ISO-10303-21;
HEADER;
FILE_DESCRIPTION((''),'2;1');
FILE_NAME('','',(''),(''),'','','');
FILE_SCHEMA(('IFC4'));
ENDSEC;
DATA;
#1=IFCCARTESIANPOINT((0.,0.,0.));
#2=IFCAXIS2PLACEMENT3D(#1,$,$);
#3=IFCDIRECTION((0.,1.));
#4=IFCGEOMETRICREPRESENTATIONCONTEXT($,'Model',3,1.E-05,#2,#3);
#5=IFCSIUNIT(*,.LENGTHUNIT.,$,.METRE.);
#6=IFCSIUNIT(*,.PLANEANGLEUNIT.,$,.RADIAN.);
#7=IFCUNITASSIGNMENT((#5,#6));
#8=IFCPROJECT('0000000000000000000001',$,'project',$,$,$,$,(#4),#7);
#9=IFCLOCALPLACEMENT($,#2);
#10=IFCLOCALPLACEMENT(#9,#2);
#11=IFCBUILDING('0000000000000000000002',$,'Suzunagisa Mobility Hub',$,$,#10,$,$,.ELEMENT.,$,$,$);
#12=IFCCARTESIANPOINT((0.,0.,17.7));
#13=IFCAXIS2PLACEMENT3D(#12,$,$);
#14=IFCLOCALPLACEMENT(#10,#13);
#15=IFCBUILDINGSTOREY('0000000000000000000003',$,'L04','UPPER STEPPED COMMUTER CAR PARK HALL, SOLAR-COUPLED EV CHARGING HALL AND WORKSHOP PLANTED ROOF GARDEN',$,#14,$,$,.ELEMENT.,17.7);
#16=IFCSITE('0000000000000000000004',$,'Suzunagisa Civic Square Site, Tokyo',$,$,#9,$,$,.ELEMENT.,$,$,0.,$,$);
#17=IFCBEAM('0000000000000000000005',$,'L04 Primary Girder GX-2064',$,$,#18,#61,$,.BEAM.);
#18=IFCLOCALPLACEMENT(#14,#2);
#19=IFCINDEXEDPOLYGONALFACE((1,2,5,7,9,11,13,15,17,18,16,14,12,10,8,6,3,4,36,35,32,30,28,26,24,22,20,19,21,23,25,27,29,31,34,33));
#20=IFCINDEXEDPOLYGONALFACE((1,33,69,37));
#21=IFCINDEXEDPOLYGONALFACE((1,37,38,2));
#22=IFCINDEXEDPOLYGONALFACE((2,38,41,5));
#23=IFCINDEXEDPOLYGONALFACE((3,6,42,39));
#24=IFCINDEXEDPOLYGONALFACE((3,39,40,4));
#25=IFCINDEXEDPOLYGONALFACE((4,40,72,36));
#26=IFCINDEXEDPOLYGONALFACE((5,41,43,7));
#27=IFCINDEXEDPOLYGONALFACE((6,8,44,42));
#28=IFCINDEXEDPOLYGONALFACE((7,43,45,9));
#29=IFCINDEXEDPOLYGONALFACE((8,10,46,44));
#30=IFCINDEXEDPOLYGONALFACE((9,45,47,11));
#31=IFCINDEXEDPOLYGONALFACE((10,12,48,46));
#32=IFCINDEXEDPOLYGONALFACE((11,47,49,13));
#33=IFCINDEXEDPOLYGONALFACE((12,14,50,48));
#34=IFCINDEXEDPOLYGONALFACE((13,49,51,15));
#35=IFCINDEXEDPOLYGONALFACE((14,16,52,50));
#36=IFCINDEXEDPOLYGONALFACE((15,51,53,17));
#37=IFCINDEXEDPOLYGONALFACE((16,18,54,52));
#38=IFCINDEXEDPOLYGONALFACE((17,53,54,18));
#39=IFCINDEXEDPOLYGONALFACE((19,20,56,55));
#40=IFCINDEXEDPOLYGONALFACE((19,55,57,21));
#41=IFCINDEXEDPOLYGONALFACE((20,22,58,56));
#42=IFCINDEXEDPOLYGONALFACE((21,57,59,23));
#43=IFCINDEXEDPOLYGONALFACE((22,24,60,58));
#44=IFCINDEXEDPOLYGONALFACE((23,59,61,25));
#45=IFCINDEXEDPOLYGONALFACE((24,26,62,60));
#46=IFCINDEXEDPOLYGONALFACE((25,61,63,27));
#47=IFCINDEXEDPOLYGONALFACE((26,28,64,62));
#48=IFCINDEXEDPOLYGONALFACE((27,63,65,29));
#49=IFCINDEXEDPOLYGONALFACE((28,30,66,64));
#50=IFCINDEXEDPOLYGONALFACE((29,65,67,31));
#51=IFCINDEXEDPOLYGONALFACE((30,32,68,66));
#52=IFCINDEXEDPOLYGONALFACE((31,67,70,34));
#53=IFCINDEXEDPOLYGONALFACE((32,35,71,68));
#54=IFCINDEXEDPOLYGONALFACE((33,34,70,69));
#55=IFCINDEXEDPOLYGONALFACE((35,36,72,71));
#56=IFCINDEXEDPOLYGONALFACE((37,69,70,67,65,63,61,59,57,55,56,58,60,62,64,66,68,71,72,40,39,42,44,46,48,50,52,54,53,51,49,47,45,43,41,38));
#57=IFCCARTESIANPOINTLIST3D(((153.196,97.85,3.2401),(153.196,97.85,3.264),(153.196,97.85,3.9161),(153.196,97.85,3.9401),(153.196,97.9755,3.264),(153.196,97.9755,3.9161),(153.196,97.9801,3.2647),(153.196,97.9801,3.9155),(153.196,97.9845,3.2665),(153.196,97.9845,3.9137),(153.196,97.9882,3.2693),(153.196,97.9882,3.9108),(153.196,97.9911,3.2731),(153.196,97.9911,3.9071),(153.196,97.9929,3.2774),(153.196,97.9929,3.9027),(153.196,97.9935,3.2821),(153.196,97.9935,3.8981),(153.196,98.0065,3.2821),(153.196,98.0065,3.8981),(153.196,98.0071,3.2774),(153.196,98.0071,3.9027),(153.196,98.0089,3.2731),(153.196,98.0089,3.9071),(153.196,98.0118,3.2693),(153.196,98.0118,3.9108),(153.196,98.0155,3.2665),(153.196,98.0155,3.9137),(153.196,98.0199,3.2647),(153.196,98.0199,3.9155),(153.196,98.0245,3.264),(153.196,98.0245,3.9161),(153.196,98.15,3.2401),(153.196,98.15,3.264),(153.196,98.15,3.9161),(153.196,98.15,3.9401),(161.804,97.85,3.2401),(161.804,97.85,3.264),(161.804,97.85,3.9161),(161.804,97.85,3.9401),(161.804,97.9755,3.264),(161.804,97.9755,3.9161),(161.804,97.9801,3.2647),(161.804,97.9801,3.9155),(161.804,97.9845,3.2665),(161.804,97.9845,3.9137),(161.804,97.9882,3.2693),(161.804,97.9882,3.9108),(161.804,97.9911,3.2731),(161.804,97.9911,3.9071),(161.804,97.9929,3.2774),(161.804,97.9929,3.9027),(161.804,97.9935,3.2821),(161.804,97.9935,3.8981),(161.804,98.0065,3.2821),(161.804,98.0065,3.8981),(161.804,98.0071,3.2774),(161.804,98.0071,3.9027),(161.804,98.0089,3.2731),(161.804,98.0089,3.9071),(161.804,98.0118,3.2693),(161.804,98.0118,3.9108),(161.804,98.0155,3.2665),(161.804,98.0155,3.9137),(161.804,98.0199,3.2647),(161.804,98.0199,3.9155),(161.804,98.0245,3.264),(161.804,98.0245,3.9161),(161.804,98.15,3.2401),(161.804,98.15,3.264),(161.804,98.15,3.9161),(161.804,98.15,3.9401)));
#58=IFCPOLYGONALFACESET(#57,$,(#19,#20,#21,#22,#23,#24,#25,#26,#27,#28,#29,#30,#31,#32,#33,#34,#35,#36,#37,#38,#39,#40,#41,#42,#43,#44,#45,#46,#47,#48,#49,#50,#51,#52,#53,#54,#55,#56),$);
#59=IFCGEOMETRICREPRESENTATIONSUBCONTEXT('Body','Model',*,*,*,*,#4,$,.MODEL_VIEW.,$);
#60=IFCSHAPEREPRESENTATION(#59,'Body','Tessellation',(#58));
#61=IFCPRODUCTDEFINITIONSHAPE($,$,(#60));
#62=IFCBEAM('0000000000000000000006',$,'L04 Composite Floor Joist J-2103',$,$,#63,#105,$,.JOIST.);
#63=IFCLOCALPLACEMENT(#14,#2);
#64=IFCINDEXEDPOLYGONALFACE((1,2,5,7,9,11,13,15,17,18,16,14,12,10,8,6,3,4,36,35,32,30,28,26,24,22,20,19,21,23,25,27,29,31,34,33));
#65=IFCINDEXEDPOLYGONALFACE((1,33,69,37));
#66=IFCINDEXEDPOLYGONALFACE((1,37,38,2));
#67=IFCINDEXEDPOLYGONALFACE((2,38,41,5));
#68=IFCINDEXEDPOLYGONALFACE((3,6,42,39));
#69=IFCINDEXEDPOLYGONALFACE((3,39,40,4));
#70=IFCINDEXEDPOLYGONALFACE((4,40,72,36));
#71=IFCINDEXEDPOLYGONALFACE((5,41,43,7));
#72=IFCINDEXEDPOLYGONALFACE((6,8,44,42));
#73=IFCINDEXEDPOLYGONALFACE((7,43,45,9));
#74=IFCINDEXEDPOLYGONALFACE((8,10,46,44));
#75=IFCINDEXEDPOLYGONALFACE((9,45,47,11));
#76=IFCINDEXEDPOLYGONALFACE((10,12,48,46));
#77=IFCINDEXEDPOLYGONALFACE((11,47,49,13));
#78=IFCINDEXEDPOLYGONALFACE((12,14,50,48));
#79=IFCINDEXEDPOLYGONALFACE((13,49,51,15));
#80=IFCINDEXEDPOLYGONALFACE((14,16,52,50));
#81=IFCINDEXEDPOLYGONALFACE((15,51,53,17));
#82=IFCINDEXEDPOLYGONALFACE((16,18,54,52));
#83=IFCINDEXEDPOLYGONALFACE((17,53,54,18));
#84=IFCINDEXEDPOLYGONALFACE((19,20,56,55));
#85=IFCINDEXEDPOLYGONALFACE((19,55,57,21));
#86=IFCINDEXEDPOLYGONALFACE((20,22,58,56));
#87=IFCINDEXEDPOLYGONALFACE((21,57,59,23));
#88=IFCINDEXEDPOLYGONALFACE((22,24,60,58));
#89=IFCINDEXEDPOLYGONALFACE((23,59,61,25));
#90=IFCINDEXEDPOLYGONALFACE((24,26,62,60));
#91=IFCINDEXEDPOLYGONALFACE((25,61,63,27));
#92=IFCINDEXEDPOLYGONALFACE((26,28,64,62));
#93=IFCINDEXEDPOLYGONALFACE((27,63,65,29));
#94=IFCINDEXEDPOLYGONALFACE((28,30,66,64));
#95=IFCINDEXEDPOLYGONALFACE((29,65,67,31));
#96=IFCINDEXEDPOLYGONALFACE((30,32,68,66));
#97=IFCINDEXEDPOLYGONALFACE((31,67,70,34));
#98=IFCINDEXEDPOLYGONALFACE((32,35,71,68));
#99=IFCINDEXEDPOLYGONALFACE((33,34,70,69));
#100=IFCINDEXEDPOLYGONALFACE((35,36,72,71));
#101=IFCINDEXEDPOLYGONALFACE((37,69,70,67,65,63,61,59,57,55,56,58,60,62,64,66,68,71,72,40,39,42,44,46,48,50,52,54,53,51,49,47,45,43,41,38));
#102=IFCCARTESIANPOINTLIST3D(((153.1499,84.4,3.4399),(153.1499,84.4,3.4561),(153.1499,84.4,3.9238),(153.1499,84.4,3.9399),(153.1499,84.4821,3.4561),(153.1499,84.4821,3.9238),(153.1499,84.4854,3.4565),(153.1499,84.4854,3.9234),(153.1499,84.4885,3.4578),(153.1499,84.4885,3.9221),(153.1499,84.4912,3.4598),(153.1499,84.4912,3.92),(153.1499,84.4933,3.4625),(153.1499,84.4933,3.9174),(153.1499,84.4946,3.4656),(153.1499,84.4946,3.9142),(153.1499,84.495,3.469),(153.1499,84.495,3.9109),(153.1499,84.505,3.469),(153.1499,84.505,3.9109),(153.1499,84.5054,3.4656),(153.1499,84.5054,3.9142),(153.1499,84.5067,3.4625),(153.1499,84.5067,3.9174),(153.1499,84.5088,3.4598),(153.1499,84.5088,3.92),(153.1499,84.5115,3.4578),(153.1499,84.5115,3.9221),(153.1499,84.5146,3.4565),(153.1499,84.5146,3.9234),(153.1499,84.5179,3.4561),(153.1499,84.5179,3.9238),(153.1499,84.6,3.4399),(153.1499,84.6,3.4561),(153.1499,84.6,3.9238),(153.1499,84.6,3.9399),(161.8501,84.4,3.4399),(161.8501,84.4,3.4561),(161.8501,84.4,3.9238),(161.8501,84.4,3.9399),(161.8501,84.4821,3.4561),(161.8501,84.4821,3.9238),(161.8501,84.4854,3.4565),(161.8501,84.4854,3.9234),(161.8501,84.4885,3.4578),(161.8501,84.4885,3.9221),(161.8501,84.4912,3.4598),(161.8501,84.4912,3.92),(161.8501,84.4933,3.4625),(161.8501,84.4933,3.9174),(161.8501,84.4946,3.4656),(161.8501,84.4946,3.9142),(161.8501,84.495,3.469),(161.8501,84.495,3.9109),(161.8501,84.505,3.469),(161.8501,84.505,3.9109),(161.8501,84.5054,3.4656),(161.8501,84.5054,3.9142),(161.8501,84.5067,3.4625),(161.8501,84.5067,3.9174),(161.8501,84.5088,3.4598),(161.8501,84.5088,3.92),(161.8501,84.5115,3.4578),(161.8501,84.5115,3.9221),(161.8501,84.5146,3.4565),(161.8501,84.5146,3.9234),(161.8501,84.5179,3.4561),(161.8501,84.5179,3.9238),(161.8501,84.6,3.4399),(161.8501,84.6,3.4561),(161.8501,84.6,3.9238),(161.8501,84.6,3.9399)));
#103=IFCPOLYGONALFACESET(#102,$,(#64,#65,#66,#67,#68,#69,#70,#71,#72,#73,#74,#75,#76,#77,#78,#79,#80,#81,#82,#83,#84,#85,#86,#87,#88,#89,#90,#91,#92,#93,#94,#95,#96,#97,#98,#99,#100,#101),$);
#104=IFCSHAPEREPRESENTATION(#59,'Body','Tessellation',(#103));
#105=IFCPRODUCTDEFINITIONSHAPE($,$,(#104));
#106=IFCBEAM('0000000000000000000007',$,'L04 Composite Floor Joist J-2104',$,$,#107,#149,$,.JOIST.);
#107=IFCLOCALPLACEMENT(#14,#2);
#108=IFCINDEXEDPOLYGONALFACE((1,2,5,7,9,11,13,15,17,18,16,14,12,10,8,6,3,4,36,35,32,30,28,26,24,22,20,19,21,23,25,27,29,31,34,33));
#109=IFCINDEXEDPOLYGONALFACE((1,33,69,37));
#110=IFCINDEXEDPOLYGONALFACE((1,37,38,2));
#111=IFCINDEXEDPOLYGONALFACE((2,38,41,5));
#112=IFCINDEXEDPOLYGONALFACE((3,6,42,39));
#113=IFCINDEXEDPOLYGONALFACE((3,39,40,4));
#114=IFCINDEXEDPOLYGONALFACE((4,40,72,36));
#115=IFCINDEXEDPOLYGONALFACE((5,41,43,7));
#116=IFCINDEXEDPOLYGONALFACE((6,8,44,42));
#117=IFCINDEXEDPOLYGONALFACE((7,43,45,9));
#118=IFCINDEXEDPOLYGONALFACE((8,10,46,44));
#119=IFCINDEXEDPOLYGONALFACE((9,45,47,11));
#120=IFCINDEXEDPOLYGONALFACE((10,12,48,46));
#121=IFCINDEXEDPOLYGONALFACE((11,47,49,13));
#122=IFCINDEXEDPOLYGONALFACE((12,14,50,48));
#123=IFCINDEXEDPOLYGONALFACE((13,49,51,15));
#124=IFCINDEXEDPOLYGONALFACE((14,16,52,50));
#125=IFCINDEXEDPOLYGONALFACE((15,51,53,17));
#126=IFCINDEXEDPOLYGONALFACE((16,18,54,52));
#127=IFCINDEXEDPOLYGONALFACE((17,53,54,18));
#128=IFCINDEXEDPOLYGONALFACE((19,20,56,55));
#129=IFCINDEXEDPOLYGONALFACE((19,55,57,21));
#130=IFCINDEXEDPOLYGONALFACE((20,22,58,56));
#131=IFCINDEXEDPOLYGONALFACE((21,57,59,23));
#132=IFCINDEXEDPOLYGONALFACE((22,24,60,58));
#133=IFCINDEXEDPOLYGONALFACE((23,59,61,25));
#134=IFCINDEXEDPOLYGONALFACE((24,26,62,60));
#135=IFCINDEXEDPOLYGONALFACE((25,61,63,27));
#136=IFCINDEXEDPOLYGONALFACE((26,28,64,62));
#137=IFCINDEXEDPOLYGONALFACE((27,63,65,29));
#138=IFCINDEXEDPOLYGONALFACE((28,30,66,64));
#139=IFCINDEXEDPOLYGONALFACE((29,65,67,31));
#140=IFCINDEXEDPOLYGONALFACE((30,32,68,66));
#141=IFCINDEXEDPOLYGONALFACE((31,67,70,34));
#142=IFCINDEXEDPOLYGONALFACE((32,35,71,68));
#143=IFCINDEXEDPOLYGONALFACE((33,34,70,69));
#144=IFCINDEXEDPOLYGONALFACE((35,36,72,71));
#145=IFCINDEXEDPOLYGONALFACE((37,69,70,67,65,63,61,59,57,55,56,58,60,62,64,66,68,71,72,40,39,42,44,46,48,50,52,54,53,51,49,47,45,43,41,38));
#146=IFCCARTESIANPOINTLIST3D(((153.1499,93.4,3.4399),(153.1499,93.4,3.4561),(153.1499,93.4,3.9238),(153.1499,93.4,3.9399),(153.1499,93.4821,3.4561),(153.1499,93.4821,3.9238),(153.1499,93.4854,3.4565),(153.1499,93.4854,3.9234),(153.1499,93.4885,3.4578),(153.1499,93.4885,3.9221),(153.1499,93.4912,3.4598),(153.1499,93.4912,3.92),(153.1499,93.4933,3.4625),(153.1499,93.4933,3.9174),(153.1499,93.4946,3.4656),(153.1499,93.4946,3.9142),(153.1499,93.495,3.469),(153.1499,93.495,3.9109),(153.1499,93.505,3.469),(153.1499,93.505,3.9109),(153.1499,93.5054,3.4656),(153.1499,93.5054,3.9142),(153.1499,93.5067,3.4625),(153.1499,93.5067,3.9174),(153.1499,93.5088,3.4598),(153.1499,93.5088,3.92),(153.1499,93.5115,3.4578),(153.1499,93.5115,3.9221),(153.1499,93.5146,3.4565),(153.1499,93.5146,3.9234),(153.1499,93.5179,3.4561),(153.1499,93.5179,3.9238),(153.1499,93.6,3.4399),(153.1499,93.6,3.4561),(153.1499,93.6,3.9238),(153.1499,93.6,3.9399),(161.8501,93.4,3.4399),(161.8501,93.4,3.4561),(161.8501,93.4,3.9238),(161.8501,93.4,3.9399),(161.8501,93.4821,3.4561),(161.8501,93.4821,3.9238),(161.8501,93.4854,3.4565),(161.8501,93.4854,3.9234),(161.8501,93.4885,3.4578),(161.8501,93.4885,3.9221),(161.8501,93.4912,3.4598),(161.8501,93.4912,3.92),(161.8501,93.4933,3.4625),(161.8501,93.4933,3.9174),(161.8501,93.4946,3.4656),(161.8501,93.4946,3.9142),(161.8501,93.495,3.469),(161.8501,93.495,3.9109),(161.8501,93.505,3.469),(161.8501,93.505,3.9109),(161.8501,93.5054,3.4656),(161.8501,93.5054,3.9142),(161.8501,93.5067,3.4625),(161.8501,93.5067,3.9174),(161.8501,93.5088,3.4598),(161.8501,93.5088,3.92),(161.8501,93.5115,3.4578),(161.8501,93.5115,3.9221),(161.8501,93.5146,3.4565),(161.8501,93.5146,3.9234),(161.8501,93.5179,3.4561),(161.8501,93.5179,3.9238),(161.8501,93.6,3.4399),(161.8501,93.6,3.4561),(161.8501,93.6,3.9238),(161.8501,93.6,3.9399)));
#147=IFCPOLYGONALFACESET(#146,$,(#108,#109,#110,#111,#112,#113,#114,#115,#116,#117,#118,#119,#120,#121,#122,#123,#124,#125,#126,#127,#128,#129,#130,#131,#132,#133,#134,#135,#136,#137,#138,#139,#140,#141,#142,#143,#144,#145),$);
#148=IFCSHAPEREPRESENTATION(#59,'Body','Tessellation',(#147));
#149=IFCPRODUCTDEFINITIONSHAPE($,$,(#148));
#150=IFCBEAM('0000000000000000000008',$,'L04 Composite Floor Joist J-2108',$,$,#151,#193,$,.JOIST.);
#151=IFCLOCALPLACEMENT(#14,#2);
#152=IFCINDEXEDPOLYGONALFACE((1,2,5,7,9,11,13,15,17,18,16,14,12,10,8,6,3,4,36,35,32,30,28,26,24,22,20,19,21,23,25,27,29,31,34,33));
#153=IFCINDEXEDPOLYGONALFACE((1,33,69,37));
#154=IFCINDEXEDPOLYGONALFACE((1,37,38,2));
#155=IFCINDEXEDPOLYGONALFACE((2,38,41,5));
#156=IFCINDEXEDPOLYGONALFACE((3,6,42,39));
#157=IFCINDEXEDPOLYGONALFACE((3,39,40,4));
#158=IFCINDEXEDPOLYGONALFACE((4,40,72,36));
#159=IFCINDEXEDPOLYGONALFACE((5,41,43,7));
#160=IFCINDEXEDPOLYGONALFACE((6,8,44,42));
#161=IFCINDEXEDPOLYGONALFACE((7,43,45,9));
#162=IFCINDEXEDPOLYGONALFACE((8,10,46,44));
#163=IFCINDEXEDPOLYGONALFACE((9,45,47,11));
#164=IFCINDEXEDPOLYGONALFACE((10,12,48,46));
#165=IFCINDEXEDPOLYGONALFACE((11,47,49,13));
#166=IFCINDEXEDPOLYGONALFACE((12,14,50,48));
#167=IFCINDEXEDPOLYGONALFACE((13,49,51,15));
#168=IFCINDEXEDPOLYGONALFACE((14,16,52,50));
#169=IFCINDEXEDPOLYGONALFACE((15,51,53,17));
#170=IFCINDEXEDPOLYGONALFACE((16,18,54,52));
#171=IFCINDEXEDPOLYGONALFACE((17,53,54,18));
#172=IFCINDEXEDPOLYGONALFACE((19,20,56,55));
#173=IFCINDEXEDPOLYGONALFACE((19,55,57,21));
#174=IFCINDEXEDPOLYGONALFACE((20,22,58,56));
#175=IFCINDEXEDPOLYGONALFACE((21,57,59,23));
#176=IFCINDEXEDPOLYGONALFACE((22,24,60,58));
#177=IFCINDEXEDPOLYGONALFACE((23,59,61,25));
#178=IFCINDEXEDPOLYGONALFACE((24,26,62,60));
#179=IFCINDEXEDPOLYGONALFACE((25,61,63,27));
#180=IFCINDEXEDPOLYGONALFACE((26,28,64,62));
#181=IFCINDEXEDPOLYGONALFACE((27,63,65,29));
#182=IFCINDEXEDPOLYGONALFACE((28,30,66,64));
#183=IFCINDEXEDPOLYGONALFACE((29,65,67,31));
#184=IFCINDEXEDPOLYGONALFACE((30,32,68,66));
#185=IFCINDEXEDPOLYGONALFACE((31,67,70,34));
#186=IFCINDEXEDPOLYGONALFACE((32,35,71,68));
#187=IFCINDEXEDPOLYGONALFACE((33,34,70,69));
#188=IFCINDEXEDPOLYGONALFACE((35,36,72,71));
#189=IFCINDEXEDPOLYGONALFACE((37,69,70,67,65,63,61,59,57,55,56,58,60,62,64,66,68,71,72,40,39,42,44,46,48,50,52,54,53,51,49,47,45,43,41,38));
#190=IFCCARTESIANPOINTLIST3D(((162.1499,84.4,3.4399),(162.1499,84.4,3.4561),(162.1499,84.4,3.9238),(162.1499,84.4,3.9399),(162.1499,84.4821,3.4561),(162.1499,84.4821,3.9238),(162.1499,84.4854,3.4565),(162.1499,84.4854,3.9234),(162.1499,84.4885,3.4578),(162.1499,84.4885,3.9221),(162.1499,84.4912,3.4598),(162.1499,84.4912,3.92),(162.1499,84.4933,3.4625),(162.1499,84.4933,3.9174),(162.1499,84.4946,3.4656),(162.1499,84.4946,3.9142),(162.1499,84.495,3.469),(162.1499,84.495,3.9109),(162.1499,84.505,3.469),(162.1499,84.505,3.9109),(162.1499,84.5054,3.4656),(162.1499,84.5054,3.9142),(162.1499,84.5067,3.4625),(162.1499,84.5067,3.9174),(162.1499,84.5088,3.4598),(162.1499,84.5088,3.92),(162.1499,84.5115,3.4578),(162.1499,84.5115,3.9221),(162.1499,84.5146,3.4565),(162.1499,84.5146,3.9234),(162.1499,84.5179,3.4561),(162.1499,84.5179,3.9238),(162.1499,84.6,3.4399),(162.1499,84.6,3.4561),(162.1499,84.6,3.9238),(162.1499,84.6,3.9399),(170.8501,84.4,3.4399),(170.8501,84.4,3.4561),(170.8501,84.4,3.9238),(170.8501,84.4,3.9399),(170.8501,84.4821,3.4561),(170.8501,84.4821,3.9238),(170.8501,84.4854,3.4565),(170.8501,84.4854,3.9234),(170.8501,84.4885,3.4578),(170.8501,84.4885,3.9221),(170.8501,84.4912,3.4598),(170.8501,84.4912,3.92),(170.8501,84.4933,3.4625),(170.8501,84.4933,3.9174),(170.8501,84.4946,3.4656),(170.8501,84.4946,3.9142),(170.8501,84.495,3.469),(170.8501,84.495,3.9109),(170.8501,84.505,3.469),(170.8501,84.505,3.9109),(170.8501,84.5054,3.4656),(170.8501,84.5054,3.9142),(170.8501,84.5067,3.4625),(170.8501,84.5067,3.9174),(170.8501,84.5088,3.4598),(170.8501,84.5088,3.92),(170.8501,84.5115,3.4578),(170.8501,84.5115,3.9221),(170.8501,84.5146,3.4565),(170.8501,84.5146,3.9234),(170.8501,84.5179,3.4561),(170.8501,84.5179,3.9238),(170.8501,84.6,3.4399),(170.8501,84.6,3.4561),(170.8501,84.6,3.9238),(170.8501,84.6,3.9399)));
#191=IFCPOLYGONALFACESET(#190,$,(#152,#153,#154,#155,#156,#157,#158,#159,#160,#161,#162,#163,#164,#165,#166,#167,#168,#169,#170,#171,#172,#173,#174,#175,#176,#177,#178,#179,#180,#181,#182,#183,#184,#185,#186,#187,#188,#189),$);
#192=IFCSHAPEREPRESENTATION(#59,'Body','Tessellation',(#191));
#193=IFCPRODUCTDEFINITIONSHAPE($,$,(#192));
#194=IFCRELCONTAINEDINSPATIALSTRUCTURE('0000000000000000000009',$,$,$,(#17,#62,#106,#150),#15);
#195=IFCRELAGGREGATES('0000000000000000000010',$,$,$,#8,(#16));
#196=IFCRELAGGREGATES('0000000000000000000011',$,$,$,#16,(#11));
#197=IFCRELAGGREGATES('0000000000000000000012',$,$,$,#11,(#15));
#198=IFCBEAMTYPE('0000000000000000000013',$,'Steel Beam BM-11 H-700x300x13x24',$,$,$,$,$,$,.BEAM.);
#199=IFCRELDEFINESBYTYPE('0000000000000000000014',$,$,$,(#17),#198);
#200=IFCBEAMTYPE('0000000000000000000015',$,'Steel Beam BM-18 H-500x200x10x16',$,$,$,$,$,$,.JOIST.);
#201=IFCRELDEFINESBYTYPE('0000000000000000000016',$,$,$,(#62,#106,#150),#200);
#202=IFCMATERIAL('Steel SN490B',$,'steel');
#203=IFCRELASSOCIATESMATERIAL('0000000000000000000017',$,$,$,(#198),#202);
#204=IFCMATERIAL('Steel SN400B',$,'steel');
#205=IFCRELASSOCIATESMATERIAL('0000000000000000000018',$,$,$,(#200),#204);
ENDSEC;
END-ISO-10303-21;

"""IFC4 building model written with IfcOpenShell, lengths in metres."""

from ifc_helpers import new_model, si_unit, direction, frame, origin, origin_2d, place, context, subcontext, project, spatial, i_section, extrude, material, material_profile, profile_set, type_object, element, save


model = new_model("IFC4")

# Units and contexts
model_context = context("Model", 3, precision=1e-05, world=origin(), true_north=direction((0.0, 1.0)))
body_context = subcontext(model_context, "Body", "Model", "MODEL_VIEW")
ifc_project = project(units=[si_unit("LENGTHUNIT", "METRE"), si_unit("PLANEANGLEUNIT", "RADIAN")], contexts=[model_context])

# Site, building, storey
site_placement = place(None, origin())
site = spatial("IfcSite", under=ifc_project, at=site_placement, Name="Suzunagisa Civic Square Site, Tokyo", CompositionType="ELEMENT", RefElevation=0.0)
building_placement = place(site_placement, origin())
building = spatial("IfcBuilding", under=site, at=building_placement, Name="Suzunagisa Mobility Hub", CompositionType="ELEMENT")
storey_placement = place(building_placement, frame((0.0, 0.0, 17.7)))
storey = spatial("IfcBuildingStorey", under=building, at=storey_placement, Name="L04", Description="UPPER STEPPED COMMUTER CAR PARK HALL, SOLAR-COUPLED EV CHARGING HALL AND WORKSHOP PLANTED ROOF GARDEN", CompositionType="ELEMENT", Elevation=17.7)

# Shared definitions
ifc_material_1 = material(Name="Steel SN490B", Category="steel")

# Beams
ifc_material_profile_1 = material_profile(ifc_material_1, i_section(OverallWidth=0.3, OverallDepth=0.7, WebThickness=0.0129, FlangeThickness=0.0239, FilletRadius=0.0181, at=origin_2d()), Name="H-700x300x13x24")
ifc_profile_set_1 = profile_set([ifc_material_profile_1], Name="Steel SN490B")
beam_type_1 = type_object("IfcBeamType", Name="Steel Beam BM-11 H-700x300x13x24", PredefinedType="BEAM", material=ifc_profile_set_1)
for number, where, z_axis, x_axis, name in (
    (1, (153.196, 98.0, 3.5901), (1.0, 0.0, 0.0), (0.0, 1.0, 0.0), "L04 Primary Girder GX-2064"),
):
    element("IfcBeam", number, at=place(storey_placement, frame(where, z_axis=z_axis, x_axis=x_axis)), inside=storey, type_object=beam_type_1, Name=name, PredefinedType="BEAM", context=body_context, shape_type="SweptSolid", body=[
        extrude(i_section(OverallWidth=0.3, OverallDepth=0.7, WebThickness=0.0129, FlangeThickness=0.0239, FilletRadius=0.0181, at=origin_2d()), origin(), (0.0, 0.0, 1.0), 8.6079),
    ])
ifc_material_2 = material(Name="Steel SN400B", Category="steel")
ifc_material_profile_2 = material_profile(ifc_material_2, i_section(OverallWidth=0.2, OverallDepth=0.5, WebThickness=0.01, FlangeThickness=0.0161, FilletRadius=0.0129, at=origin_2d()), Name="H-500x200x10x16")
ifc_profile_set_2 = profile_set([ifc_material_profile_2], Name="Steel SN400B")
beam_type_2 = type_object("IfcBeamType", Name="Steel Beam BM-18 H-500x200x10x16", PredefinedType="JOIST", material=ifc_profile_set_2)
for number, where, z_axis, x_axis, name in (
    (2, (153.1499, 84.5, 3.6899), (1.0, 0.0, 0.0), (0.0, 1.0, 0.0), "L04 Composite Floor Joist J-2103"),
    (3, (153.1499, 93.5, 3.6899), (1.0, 0.0, 0.0), (0.0, 1.0, 0.0), "L04 Composite Floor Joist J-2104"),
    (4, (162.1499, 84.5, 3.6899), (1.0, 0.0, 0.0), (0.0, 1.0, 0.0), "L04 Composite Floor Joist J-2108"),
):
    element("IfcBeam", number, at=place(storey_placement, frame(where, z_axis=z_axis, x_axis=x_axis)), inside=storey, type_object=beam_type_2, Name=name, PredefinedType="JOIST", context=body_context, shape_type="SweptSolid", body=[
        extrude(i_section(OverallWidth=0.2, OverallDepth=0.5, WebThickness=0.01, FlangeThickness=0.0161, FilletRadius=0.0129, at=origin_2d()), origin(), (0.0, 0.0, 1.0), 8.7002),
    ])

save(model, "model.ifc")
